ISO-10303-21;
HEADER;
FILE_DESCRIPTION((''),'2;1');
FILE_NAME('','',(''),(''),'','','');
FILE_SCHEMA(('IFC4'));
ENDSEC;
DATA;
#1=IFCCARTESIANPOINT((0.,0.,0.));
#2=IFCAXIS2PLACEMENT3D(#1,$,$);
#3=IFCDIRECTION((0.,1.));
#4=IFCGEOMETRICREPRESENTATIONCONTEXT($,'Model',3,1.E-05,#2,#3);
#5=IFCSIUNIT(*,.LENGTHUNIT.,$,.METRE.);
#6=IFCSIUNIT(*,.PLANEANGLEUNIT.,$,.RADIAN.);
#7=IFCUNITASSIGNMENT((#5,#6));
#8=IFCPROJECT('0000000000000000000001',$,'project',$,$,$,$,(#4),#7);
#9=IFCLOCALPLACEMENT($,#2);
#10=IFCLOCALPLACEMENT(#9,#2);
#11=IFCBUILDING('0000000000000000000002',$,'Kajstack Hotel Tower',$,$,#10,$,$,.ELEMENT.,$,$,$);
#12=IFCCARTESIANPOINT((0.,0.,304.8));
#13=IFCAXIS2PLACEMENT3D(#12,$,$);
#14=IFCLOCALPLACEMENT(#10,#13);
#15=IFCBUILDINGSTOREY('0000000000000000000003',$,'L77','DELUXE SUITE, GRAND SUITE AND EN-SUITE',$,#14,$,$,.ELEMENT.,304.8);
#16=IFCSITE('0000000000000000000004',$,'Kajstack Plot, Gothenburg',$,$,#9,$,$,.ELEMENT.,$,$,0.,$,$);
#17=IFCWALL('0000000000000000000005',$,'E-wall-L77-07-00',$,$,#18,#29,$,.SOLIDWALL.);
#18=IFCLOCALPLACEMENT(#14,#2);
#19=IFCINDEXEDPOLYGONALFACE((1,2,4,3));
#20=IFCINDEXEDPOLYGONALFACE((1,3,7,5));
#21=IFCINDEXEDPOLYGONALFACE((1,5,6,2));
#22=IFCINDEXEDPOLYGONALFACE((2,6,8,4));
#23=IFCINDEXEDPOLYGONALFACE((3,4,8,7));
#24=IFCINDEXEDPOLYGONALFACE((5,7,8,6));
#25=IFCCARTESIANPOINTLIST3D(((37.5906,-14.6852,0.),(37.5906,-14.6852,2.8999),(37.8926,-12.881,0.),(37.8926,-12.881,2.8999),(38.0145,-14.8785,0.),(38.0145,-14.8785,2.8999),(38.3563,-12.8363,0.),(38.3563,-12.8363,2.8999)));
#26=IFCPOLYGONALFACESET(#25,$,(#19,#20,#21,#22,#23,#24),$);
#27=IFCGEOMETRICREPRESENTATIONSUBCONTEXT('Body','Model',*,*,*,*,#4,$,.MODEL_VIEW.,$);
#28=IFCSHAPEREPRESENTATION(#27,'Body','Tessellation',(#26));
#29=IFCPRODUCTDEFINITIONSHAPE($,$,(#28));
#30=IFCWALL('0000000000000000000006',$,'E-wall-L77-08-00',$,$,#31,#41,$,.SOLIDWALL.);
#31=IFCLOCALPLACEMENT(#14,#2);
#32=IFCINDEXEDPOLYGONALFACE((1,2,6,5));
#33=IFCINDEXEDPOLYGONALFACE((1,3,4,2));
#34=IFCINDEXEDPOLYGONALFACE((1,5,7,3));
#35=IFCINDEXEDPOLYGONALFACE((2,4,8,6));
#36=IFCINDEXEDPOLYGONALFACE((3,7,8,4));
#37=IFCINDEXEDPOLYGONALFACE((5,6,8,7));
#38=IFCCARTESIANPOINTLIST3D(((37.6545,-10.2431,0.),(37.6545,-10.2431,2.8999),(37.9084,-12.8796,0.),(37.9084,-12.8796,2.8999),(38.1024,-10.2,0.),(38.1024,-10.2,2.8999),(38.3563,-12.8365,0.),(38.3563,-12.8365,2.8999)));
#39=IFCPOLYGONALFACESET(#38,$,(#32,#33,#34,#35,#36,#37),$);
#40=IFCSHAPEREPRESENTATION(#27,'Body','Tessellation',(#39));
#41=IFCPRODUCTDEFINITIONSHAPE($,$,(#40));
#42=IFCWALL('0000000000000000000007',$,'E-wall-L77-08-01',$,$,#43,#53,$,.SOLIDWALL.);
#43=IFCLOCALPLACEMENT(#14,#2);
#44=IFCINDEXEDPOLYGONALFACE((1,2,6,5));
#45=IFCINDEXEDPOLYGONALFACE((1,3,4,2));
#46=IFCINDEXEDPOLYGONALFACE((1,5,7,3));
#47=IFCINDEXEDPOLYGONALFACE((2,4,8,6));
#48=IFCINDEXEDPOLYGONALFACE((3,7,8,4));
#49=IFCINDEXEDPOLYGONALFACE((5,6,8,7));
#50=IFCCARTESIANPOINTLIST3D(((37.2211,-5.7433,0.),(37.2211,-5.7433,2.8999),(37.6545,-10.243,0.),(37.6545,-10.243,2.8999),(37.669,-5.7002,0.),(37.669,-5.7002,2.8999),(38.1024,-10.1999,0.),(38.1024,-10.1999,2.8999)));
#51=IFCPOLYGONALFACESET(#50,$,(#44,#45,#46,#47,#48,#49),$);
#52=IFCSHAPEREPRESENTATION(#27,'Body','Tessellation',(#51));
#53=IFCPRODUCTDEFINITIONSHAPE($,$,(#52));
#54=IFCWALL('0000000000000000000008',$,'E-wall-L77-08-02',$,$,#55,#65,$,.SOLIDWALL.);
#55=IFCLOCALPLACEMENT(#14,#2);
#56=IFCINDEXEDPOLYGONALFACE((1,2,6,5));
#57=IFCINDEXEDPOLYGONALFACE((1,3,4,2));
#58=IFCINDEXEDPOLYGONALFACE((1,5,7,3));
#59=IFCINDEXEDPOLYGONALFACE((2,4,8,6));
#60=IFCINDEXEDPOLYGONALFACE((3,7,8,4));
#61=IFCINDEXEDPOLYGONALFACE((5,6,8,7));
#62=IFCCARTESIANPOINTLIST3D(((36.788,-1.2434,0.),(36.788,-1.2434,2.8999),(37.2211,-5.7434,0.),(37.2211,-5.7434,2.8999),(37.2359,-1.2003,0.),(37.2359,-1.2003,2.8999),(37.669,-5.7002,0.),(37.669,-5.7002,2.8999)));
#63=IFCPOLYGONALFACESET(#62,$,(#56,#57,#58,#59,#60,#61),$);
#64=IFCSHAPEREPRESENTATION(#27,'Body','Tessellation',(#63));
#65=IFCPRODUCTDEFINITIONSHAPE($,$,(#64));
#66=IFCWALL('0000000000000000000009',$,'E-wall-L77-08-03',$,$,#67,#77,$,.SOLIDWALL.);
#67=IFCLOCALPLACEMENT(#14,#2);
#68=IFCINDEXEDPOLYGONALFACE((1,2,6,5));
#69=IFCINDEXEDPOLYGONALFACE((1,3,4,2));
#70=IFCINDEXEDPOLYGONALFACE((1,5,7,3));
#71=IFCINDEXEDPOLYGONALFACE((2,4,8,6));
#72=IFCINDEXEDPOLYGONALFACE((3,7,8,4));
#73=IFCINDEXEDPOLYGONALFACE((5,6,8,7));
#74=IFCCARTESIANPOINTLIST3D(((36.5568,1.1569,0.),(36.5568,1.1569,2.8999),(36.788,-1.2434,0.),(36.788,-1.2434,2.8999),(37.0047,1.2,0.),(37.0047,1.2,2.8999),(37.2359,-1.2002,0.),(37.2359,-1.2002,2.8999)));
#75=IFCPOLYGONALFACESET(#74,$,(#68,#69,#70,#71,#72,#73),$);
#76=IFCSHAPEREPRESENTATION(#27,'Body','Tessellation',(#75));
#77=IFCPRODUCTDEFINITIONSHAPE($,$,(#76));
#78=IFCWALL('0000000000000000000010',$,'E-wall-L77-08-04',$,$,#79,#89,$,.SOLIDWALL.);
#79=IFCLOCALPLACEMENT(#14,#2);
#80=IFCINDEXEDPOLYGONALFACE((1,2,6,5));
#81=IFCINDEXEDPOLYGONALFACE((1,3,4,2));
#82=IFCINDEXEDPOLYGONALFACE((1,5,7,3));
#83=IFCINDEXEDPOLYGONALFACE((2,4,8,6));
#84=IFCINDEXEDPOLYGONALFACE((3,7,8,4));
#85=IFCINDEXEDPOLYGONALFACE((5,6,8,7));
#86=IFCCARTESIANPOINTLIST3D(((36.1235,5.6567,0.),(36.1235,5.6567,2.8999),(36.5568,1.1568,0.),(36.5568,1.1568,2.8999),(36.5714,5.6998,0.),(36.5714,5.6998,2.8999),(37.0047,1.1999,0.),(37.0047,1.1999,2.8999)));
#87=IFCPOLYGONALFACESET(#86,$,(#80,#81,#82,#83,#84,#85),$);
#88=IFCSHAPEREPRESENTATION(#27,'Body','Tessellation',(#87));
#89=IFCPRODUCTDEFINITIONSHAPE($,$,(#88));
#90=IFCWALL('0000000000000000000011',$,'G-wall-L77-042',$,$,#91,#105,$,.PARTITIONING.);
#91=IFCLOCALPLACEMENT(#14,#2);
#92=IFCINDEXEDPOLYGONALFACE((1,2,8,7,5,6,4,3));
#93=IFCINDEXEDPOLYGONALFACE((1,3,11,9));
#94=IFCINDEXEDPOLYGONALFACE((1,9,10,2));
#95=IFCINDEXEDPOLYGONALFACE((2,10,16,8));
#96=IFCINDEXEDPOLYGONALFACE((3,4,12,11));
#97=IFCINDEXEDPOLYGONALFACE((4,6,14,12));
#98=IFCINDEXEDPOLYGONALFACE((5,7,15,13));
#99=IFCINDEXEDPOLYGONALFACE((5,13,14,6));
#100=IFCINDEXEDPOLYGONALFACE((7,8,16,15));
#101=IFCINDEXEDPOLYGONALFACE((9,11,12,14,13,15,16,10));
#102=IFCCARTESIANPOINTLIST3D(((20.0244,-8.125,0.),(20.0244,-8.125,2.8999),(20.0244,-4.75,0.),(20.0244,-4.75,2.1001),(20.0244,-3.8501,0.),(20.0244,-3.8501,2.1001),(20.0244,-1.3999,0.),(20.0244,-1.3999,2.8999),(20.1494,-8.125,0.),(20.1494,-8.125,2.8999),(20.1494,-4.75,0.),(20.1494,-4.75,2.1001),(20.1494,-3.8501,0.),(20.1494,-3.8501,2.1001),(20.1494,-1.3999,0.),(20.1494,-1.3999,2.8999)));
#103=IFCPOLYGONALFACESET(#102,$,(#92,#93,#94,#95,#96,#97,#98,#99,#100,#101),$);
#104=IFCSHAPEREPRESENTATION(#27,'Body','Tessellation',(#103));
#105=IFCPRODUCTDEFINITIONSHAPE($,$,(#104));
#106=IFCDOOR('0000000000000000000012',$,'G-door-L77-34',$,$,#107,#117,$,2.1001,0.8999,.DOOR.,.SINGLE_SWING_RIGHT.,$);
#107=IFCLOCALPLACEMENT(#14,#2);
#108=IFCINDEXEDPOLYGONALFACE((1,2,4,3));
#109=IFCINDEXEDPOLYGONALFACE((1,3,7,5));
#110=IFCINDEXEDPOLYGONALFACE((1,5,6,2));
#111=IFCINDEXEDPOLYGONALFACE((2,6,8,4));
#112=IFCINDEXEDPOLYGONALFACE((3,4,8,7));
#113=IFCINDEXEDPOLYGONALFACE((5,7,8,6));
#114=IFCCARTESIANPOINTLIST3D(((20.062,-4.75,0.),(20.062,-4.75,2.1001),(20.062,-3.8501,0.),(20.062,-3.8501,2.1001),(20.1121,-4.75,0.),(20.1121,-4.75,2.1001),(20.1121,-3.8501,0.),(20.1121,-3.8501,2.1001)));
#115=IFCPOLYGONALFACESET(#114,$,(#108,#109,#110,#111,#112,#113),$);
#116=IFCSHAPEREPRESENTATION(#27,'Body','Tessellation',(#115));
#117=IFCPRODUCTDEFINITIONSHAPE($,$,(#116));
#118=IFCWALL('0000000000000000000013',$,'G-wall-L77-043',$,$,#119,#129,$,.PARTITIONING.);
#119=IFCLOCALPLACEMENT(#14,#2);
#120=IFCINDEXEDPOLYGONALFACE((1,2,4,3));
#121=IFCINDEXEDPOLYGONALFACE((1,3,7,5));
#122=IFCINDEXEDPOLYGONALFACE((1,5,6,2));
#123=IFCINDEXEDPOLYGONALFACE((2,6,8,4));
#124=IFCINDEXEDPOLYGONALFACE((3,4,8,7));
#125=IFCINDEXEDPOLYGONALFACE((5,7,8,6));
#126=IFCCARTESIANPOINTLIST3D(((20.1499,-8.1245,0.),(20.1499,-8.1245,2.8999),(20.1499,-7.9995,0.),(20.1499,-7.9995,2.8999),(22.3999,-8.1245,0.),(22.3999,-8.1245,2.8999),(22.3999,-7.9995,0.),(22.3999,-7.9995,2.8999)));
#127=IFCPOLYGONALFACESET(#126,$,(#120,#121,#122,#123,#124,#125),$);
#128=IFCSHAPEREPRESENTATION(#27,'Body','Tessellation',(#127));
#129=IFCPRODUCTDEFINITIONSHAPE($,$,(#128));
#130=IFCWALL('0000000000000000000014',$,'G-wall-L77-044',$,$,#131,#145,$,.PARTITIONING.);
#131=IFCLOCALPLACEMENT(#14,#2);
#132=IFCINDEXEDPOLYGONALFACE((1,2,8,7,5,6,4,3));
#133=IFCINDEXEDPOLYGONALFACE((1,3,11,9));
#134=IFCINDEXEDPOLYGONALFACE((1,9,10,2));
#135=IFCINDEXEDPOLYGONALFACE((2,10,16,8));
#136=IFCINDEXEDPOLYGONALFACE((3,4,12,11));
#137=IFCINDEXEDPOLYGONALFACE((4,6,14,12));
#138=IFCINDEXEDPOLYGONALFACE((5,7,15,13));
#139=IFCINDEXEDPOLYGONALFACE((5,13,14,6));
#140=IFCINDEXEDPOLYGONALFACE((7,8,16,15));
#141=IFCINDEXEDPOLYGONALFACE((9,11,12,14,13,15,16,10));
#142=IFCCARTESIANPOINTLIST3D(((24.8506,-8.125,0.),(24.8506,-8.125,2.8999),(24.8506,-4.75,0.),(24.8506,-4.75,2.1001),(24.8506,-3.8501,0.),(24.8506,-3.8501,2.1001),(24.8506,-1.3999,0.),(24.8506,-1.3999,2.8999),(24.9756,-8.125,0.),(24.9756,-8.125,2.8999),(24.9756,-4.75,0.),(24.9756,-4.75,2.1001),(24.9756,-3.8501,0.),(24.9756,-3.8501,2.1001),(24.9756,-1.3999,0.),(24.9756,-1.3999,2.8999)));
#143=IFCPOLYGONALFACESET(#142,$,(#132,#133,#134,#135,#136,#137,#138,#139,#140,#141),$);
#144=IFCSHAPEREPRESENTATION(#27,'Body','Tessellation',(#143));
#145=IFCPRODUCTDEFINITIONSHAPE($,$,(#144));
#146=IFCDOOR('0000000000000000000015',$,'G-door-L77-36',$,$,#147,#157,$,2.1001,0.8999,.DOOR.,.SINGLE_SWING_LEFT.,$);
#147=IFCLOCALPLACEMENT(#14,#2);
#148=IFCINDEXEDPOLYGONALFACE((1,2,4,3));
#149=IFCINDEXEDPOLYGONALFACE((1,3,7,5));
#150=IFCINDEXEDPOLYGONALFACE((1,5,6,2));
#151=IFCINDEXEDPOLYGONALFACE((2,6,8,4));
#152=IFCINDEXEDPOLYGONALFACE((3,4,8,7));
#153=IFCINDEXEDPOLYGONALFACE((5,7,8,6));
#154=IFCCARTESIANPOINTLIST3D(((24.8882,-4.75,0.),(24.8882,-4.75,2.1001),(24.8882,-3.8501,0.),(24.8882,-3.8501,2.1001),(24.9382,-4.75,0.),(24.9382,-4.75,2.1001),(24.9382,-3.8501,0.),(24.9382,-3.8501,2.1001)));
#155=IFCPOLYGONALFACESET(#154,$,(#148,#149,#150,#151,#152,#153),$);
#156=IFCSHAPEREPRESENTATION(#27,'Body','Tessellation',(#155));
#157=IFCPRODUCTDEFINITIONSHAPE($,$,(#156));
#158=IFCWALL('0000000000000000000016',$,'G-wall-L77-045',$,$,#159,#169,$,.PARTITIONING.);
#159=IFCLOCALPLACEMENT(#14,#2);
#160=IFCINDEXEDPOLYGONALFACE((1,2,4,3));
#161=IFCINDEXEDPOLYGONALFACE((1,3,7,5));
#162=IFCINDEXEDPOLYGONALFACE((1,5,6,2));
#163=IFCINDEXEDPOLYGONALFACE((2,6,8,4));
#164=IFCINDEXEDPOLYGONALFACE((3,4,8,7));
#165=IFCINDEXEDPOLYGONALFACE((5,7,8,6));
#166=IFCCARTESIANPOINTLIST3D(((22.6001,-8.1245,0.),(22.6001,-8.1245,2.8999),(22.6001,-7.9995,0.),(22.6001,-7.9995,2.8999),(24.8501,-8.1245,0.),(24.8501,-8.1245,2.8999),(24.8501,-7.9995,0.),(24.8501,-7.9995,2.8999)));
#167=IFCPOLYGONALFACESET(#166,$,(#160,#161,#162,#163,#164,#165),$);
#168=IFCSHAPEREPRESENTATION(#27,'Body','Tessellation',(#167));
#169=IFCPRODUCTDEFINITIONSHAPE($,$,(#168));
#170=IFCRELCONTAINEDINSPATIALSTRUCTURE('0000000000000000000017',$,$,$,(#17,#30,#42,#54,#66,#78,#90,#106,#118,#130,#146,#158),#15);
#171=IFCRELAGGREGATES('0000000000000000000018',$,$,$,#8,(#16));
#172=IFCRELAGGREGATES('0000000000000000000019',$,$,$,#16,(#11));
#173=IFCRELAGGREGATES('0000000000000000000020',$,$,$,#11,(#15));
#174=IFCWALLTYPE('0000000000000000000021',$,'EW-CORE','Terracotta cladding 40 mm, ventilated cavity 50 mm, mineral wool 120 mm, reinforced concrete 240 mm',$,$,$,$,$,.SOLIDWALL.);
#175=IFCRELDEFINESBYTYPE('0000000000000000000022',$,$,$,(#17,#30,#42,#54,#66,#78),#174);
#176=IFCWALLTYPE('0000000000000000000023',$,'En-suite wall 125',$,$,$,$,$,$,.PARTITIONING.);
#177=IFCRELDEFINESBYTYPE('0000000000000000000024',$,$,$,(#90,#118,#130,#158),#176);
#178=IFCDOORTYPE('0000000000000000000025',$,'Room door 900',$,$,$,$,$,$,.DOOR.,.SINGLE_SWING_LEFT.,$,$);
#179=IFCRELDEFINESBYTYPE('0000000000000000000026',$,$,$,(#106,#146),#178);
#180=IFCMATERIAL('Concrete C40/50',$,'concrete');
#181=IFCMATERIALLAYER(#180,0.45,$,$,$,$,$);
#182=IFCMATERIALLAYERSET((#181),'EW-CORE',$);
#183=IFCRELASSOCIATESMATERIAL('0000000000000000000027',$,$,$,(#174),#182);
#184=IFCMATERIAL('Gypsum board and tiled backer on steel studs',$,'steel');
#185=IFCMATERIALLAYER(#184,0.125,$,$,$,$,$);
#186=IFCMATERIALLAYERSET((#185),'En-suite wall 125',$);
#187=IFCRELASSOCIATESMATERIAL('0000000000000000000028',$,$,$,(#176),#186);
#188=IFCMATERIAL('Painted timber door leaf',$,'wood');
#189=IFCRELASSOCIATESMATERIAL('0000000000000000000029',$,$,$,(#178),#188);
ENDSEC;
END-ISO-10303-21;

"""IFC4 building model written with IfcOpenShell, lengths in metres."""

from ifc_helpers import new_model, si_unit, direction, frame, frame_2d, origin, place, context, subcontext, project, spatial, polyline, rectangle, outline, extrude, material, layer, layer_set, type_object, element, fill, save


model = new_model("IFC4")

# Units and contexts
model_context = context("Model", 3, precision=1e-05, world=origin(), true_north=direction((0.0, 1.0)))
body_context = subcontext(model_context, "Body", "Model", "MODEL_VIEW")
ifc_project = project(units=[si_unit("LENGTHUNIT", "METRE"), si_unit("PLANEANGLEUNIT", "RADIAN")], contexts=[model_context])

# Site, building, storey
site_placement = place(None, origin())
site = spatial("IfcSite", under=ifc_project, at=site_placement, Name="Kajstack Plot, Gothenburg", CompositionType="ELEMENT", RefElevation=0.0)
building_placement = place(site_placement, origin())
building = spatial("IfcBuilding", under=site, at=building_placement, Name="Kajstack Hotel Tower", CompositionType="ELEMENT")
storey_placement = place(building_placement, frame((0.0, 0.0, 304.8)))
storey = spatial("IfcBuildingStorey", under=building, at=storey_placement, Name="L77", Description="DELUXE SUITE, GRAND SUITE AND EN-SUITE", CompositionType="ELEMENT", Elevation=304.8)

# Shared definitions
ifc_material_1 = material(Name="Concrete C40/50", Category="concrete")
ifc_layer_1 = layer(ifc_material_1, 0.45)
ifc_layer_set_1 = layer_set([ifc_layer_1], Name="EW-CORE")
wall_type_1 = type_object("IfcWallType", Name="EW-CORE", Description="Terracotta cladding 40 mm, ventilated cavity 50 mm, mineral wool 120 mm, reinforced concrete 240 mm", PredefinedType="SOLIDWALL", material=ifc_layer_set_1)

# Walls
wall_1_placement = place(storey_placement, frame((37.7925, -14.8413, 0.0), z_axis=(0.0, 0.0, 1.0), x_axis=(0.165068, 0.986282, 0.0)))
element("IfcWall", 1, at=wall_1_placement, inside=storey, type_object=wall_type_1, Name="E-wall-L77-07-00", PredefinedType="SOLIDWALL", context=body_context, shape_type="SweptSolid", body=[
    extrude(outline(polyline([(0.0, -0.2251), (2.0706, -0.2251), (1.95, 0.2249), (0.1206, 0.2249), (0.0, -0.2251)])), origin(), (0.0, 0.0, 1.0), 2.8999),
])
wall_2_placement = place(storey_placement, frame((38.1323, -12.8579, 0.0), z_axis=(0.0, 0.0, 1.0), x_axis=(-0.095862, 0.995395, 0.0)))
element("IfcWall", 2, at=wall_2_placement, inside=storey, type_object=wall_type_1, Name="E-wall-L77-08-00", PredefinedType="SOLIDWALL", context=body_context, shape_type="SweptSolid", body=[
    extrude(rectangle(XDim=2.6487, YDim=0.45, at=frame_2d((1.3242, 0.0))), origin(), (0.0, 0.0, 1.0), 2.8999),
])
wall_3_placement = place(storey_placement, frame((37.8784, -10.2214, 0.0), z_axis=(0.0, 0.0, 1.0), x_axis=(-0.095862, 0.995395, 0.0)))
element("IfcWall", 3, at=wall_3_placement, inside=storey, type_object=wall_type_1, Name="E-wall-L77-08-01", PredefinedType="SOLIDWALL", context=body_context, shape_type="SweptSolid", body=[
    extrude(rectangle(XDim=4.5205, YDim=0.45, at=frame_2d((2.2603, 0.0))), origin(), (0.0, 0.0, 1.0), 2.8999),
])
wall_4_placement = place(storey_placement, frame((37.4451, -5.7217, 0.0), z_axis=(0.0, 0.0, 1.0), x_axis=(-0.095803, 0.9954, 0.0)))
element("IfcWall", 4, at=wall_4_placement, inside=storey, type_object=wall_type_1, Name="E-wall-L77-08-02", PredefinedType="SOLIDWALL", context=body_context, shape_type="SweptSolid", body=[
    extrude(rectangle(XDim=4.5208, YDim=0.45, at=frame_2d((2.2603, 0.0))), origin(), (0.0, 0.0, 1.0), 2.8999),
])
wall_5_placement = place(storey_placement, frame((37.012, -1.2217, 0.0), z_axis=(0.0, 0.0, 1.0), x_axis=(-0.095884, 0.995393, 0.0)))
element("IfcWall", 5, at=wall_5_placement, inside=storey, type_object=wall_type_1, Name="E-wall-L77-08-03", PredefinedType="SOLIDWALL", context=body_context, shape_type="SweptSolid", body=[
    extrude(rectangle(XDim=2.4114, YDim=0.45, at=frame_2d((1.2056, 0.0))), origin(), (0.0, 0.0, 1.0), 2.8999),
])
wall_6_placement = place(storey_placement, frame((36.7808, 1.1785, 0.0), z_axis=(0.0, 0.0, 1.0), x_axis=(-0.095856, 0.995395, 0.0)))
element("IfcWall", 6, at=wall_6_placement, inside=storey, type_object=wall_type_1, Name="E-wall-L77-08-04", PredefinedType="SOLIDWALL", context=body_context, shape_type="SweptSolid", body=[
    extrude(rectangle(XDim=4.5208, YDim=0.45, at=frame_2d((2.2603, 0.0))), origin(), (0.0, 0.0, 1.0), 2.8999),
])

# Wall, opening, door
ifc_material_2 = material(Name="Gypsum board and tiled backer on steel studs", Category="steel")
ifc_layer_2 = layer(ifc_material_2, 0.125)
ifc_layer_set_2 = layer_set([ifc_layer_2], Name="En-suite wall 125")
wall_type_2 = type_object("IfcWallType", Name="En-suite wall 125", PredefinedType="PARTITIONING", material=ifc_layer_set_2)
wall_7_placement = place(storey_placement, frame((20.0869, -8.125, 0.0), z_axis=(0.0, 0.0, 1.0), x_axis=(0.0, 1.0, 0.0)))
wall_7 = element("IfcWall", 7, at=wall_7_placement, inside=storey, type_object=wall_type_2, Name="G-wall-L77-042", PredefinedType="PARTITIONING", context=body_context, shape_type="SweptSolid", body=[
    extrude(rectangle(XDim=6.7251, YDim=0.125, at=frame_2d((3.3625, 0.0))), origin(), (0.0, 0.0, 1.0), 2.8999),
])
opening_1_placement = place(wall_7_placement, frame((3.375, 0.0, 0.0)))
opening_1 = element("IfcOpeningElement", 8, at=opening_1_placement, cuts=wall_7, PredefinedType="OPENING", context=body_context, shape_type="SweptSolid", body=[
    extrude(rectangle(XDim=0.8999, YDim=2.1001, at=frame_2d((0.45, 1.05))), frame((0.0, 0.0725, 0.0), z_axis=(0.0, -1.0, 0.0), x_axis=(1.0, 0.0, 0.0)), (0.0, 0.0, 1.0), 0.145),
])
ifc_material_3 = material(Name="Painted timber door leaf", Category="wood")
door_type_1 = type_object("IfcDoorType", Name="Room door 900", OperationType="SINGLE_SWING_LEFT", PredefinedType="DOOR", material=ifc_material_3)
door_1_placement = place(opening_1_placement, origin())
door_1 = element("IfcDoor", 9, at=door_1_placement, inside=storey, type_object=door_type_1, Name="G-door-L77-34", OperationType="SINGLE_SWING_RIGHT", OverallHeight=2.1001, OverallWidth=0.8999, PredefinedType="DOOR", context=body_context, shape_type="SweptSolid", body=[
    extrude(rectangle(XDim=0.8999, YDim=2.1001, at=frame_2d((0.45, 1.05))), frame((0.0, 0.0249, 0.0), z_axis=(0.0, -1.0, 0.0), x_axis=(1.0, 0.0, 0.0)), (0.0, 0.0, 1.0), 0.05),
])
fill(opening_1, door_1)

# Wall
wall_8_placement = place(storey_placement, frame((20.1499, -8.062, 0.0), z_axis=(0.0, 0.0, 1.0), x_axis=(1.0, 0.0, 0.0)))
element("IfcWall", 10, at=wall_8_placement, inside=storey, type_object=wall_type_2, Name="G-wall-L77-043", PredefinedType="PARTITIONING", context=body_context, shape_type="SweptSolid", body=[
    extrude(rectangle(XDim=2.25, YDim=0.125, at=frame_2d((1.125, 0.0))), origin(), (0.0, 0.0, 1.0), 2.8999),
])

# Wall, opening, door
wall_9_placement = place(storey_placement, frame((24.9131, -8.125, 0.0), z_axis=(0.0, 0.0, 1.0), x_axis=(0.0, 1.0, 0.0)))
wall_9 = element("IfcWall", 11, at=wall_9_placement, inside=storey, type_object=wall_type_2, Name="G-wall-L77-044", PredefinedType="PARTITIONING", context=body_context, shape_type="SweptSolid", body=[
    extrude(rectangle(XDim=6.7251, YDim=0.125, at=frame_2d((3.3625, 0.0))), origin(), (0.0, 0.0, 1.0), 2.8999),
])
opening_2_placement = place(wall_9_placement, frame((3.375, 0.0, 0.0)))
opening_2 = element("IfcOpeningElement", 12, at=opening_2_placement, cuts=wall_9, PredefinedType="OPENING", context=body_context, shape_type="SweptSolid", body=[
    extrude(rectangle(XDim=0.8999, YDim=2.1001, at=frame_2d((0.45, 1.05))), frame((0.0, 0.0725, 0.0), z_axis=(0.0, -1.0, 0.0), x_axis=(1.0, 0.0, 0.0)), (0.0, 0.0, 1.0), 0.145),
])
door_2_placement = place(opening_2_placement, origin())
door_2 = element("IfcDoor", 13, at=door_2_placement, inside=storey, type_object=door_type_1, Name="G-door-L77-36", OperationType="SINGLE_SWING_LEFT", OverallHeight=2.1001, OverallWidth=0.8999, PredefinedType="DOOR", context=body_context, shape_type="SweptSolid", body=[
    extrude(rectangle(XDim=0.8999, YDim=2.1001, at=frame_2d((0.45, 1.05))), frame((0.0, 0.0249, 0.0), z_axis=(0.0, -1.0, 0.0), x_axis=(1.0, 0.0, 0.0)), (0.0, 0.0, 1.0), 0.05),
])
fill(opening_2, door_2)

# Wall
wall_10_placement = place(storey_placement, frame((22.6001, -8.062, 0.0), z_axis=(0.0, 0.0, 1.0), x_axis=(1.0, 0.0, 0.0)))
element("IfcWall", 14, at=wall_10_placement, inside=storey, type_object=wall_type_2, Name="G-wall-L77-045", PredefinedType="PARTITIONING", context=body_context, shape_type="SweptSolid", body=[
    extrude(rectangle(XDim=2.25, YDim=0.125, at=frame_2d((1.125, 0.0))), origin(), (0.0, 0.0, 1.0), 2.8999),
])

save(model, "model.ifc")
